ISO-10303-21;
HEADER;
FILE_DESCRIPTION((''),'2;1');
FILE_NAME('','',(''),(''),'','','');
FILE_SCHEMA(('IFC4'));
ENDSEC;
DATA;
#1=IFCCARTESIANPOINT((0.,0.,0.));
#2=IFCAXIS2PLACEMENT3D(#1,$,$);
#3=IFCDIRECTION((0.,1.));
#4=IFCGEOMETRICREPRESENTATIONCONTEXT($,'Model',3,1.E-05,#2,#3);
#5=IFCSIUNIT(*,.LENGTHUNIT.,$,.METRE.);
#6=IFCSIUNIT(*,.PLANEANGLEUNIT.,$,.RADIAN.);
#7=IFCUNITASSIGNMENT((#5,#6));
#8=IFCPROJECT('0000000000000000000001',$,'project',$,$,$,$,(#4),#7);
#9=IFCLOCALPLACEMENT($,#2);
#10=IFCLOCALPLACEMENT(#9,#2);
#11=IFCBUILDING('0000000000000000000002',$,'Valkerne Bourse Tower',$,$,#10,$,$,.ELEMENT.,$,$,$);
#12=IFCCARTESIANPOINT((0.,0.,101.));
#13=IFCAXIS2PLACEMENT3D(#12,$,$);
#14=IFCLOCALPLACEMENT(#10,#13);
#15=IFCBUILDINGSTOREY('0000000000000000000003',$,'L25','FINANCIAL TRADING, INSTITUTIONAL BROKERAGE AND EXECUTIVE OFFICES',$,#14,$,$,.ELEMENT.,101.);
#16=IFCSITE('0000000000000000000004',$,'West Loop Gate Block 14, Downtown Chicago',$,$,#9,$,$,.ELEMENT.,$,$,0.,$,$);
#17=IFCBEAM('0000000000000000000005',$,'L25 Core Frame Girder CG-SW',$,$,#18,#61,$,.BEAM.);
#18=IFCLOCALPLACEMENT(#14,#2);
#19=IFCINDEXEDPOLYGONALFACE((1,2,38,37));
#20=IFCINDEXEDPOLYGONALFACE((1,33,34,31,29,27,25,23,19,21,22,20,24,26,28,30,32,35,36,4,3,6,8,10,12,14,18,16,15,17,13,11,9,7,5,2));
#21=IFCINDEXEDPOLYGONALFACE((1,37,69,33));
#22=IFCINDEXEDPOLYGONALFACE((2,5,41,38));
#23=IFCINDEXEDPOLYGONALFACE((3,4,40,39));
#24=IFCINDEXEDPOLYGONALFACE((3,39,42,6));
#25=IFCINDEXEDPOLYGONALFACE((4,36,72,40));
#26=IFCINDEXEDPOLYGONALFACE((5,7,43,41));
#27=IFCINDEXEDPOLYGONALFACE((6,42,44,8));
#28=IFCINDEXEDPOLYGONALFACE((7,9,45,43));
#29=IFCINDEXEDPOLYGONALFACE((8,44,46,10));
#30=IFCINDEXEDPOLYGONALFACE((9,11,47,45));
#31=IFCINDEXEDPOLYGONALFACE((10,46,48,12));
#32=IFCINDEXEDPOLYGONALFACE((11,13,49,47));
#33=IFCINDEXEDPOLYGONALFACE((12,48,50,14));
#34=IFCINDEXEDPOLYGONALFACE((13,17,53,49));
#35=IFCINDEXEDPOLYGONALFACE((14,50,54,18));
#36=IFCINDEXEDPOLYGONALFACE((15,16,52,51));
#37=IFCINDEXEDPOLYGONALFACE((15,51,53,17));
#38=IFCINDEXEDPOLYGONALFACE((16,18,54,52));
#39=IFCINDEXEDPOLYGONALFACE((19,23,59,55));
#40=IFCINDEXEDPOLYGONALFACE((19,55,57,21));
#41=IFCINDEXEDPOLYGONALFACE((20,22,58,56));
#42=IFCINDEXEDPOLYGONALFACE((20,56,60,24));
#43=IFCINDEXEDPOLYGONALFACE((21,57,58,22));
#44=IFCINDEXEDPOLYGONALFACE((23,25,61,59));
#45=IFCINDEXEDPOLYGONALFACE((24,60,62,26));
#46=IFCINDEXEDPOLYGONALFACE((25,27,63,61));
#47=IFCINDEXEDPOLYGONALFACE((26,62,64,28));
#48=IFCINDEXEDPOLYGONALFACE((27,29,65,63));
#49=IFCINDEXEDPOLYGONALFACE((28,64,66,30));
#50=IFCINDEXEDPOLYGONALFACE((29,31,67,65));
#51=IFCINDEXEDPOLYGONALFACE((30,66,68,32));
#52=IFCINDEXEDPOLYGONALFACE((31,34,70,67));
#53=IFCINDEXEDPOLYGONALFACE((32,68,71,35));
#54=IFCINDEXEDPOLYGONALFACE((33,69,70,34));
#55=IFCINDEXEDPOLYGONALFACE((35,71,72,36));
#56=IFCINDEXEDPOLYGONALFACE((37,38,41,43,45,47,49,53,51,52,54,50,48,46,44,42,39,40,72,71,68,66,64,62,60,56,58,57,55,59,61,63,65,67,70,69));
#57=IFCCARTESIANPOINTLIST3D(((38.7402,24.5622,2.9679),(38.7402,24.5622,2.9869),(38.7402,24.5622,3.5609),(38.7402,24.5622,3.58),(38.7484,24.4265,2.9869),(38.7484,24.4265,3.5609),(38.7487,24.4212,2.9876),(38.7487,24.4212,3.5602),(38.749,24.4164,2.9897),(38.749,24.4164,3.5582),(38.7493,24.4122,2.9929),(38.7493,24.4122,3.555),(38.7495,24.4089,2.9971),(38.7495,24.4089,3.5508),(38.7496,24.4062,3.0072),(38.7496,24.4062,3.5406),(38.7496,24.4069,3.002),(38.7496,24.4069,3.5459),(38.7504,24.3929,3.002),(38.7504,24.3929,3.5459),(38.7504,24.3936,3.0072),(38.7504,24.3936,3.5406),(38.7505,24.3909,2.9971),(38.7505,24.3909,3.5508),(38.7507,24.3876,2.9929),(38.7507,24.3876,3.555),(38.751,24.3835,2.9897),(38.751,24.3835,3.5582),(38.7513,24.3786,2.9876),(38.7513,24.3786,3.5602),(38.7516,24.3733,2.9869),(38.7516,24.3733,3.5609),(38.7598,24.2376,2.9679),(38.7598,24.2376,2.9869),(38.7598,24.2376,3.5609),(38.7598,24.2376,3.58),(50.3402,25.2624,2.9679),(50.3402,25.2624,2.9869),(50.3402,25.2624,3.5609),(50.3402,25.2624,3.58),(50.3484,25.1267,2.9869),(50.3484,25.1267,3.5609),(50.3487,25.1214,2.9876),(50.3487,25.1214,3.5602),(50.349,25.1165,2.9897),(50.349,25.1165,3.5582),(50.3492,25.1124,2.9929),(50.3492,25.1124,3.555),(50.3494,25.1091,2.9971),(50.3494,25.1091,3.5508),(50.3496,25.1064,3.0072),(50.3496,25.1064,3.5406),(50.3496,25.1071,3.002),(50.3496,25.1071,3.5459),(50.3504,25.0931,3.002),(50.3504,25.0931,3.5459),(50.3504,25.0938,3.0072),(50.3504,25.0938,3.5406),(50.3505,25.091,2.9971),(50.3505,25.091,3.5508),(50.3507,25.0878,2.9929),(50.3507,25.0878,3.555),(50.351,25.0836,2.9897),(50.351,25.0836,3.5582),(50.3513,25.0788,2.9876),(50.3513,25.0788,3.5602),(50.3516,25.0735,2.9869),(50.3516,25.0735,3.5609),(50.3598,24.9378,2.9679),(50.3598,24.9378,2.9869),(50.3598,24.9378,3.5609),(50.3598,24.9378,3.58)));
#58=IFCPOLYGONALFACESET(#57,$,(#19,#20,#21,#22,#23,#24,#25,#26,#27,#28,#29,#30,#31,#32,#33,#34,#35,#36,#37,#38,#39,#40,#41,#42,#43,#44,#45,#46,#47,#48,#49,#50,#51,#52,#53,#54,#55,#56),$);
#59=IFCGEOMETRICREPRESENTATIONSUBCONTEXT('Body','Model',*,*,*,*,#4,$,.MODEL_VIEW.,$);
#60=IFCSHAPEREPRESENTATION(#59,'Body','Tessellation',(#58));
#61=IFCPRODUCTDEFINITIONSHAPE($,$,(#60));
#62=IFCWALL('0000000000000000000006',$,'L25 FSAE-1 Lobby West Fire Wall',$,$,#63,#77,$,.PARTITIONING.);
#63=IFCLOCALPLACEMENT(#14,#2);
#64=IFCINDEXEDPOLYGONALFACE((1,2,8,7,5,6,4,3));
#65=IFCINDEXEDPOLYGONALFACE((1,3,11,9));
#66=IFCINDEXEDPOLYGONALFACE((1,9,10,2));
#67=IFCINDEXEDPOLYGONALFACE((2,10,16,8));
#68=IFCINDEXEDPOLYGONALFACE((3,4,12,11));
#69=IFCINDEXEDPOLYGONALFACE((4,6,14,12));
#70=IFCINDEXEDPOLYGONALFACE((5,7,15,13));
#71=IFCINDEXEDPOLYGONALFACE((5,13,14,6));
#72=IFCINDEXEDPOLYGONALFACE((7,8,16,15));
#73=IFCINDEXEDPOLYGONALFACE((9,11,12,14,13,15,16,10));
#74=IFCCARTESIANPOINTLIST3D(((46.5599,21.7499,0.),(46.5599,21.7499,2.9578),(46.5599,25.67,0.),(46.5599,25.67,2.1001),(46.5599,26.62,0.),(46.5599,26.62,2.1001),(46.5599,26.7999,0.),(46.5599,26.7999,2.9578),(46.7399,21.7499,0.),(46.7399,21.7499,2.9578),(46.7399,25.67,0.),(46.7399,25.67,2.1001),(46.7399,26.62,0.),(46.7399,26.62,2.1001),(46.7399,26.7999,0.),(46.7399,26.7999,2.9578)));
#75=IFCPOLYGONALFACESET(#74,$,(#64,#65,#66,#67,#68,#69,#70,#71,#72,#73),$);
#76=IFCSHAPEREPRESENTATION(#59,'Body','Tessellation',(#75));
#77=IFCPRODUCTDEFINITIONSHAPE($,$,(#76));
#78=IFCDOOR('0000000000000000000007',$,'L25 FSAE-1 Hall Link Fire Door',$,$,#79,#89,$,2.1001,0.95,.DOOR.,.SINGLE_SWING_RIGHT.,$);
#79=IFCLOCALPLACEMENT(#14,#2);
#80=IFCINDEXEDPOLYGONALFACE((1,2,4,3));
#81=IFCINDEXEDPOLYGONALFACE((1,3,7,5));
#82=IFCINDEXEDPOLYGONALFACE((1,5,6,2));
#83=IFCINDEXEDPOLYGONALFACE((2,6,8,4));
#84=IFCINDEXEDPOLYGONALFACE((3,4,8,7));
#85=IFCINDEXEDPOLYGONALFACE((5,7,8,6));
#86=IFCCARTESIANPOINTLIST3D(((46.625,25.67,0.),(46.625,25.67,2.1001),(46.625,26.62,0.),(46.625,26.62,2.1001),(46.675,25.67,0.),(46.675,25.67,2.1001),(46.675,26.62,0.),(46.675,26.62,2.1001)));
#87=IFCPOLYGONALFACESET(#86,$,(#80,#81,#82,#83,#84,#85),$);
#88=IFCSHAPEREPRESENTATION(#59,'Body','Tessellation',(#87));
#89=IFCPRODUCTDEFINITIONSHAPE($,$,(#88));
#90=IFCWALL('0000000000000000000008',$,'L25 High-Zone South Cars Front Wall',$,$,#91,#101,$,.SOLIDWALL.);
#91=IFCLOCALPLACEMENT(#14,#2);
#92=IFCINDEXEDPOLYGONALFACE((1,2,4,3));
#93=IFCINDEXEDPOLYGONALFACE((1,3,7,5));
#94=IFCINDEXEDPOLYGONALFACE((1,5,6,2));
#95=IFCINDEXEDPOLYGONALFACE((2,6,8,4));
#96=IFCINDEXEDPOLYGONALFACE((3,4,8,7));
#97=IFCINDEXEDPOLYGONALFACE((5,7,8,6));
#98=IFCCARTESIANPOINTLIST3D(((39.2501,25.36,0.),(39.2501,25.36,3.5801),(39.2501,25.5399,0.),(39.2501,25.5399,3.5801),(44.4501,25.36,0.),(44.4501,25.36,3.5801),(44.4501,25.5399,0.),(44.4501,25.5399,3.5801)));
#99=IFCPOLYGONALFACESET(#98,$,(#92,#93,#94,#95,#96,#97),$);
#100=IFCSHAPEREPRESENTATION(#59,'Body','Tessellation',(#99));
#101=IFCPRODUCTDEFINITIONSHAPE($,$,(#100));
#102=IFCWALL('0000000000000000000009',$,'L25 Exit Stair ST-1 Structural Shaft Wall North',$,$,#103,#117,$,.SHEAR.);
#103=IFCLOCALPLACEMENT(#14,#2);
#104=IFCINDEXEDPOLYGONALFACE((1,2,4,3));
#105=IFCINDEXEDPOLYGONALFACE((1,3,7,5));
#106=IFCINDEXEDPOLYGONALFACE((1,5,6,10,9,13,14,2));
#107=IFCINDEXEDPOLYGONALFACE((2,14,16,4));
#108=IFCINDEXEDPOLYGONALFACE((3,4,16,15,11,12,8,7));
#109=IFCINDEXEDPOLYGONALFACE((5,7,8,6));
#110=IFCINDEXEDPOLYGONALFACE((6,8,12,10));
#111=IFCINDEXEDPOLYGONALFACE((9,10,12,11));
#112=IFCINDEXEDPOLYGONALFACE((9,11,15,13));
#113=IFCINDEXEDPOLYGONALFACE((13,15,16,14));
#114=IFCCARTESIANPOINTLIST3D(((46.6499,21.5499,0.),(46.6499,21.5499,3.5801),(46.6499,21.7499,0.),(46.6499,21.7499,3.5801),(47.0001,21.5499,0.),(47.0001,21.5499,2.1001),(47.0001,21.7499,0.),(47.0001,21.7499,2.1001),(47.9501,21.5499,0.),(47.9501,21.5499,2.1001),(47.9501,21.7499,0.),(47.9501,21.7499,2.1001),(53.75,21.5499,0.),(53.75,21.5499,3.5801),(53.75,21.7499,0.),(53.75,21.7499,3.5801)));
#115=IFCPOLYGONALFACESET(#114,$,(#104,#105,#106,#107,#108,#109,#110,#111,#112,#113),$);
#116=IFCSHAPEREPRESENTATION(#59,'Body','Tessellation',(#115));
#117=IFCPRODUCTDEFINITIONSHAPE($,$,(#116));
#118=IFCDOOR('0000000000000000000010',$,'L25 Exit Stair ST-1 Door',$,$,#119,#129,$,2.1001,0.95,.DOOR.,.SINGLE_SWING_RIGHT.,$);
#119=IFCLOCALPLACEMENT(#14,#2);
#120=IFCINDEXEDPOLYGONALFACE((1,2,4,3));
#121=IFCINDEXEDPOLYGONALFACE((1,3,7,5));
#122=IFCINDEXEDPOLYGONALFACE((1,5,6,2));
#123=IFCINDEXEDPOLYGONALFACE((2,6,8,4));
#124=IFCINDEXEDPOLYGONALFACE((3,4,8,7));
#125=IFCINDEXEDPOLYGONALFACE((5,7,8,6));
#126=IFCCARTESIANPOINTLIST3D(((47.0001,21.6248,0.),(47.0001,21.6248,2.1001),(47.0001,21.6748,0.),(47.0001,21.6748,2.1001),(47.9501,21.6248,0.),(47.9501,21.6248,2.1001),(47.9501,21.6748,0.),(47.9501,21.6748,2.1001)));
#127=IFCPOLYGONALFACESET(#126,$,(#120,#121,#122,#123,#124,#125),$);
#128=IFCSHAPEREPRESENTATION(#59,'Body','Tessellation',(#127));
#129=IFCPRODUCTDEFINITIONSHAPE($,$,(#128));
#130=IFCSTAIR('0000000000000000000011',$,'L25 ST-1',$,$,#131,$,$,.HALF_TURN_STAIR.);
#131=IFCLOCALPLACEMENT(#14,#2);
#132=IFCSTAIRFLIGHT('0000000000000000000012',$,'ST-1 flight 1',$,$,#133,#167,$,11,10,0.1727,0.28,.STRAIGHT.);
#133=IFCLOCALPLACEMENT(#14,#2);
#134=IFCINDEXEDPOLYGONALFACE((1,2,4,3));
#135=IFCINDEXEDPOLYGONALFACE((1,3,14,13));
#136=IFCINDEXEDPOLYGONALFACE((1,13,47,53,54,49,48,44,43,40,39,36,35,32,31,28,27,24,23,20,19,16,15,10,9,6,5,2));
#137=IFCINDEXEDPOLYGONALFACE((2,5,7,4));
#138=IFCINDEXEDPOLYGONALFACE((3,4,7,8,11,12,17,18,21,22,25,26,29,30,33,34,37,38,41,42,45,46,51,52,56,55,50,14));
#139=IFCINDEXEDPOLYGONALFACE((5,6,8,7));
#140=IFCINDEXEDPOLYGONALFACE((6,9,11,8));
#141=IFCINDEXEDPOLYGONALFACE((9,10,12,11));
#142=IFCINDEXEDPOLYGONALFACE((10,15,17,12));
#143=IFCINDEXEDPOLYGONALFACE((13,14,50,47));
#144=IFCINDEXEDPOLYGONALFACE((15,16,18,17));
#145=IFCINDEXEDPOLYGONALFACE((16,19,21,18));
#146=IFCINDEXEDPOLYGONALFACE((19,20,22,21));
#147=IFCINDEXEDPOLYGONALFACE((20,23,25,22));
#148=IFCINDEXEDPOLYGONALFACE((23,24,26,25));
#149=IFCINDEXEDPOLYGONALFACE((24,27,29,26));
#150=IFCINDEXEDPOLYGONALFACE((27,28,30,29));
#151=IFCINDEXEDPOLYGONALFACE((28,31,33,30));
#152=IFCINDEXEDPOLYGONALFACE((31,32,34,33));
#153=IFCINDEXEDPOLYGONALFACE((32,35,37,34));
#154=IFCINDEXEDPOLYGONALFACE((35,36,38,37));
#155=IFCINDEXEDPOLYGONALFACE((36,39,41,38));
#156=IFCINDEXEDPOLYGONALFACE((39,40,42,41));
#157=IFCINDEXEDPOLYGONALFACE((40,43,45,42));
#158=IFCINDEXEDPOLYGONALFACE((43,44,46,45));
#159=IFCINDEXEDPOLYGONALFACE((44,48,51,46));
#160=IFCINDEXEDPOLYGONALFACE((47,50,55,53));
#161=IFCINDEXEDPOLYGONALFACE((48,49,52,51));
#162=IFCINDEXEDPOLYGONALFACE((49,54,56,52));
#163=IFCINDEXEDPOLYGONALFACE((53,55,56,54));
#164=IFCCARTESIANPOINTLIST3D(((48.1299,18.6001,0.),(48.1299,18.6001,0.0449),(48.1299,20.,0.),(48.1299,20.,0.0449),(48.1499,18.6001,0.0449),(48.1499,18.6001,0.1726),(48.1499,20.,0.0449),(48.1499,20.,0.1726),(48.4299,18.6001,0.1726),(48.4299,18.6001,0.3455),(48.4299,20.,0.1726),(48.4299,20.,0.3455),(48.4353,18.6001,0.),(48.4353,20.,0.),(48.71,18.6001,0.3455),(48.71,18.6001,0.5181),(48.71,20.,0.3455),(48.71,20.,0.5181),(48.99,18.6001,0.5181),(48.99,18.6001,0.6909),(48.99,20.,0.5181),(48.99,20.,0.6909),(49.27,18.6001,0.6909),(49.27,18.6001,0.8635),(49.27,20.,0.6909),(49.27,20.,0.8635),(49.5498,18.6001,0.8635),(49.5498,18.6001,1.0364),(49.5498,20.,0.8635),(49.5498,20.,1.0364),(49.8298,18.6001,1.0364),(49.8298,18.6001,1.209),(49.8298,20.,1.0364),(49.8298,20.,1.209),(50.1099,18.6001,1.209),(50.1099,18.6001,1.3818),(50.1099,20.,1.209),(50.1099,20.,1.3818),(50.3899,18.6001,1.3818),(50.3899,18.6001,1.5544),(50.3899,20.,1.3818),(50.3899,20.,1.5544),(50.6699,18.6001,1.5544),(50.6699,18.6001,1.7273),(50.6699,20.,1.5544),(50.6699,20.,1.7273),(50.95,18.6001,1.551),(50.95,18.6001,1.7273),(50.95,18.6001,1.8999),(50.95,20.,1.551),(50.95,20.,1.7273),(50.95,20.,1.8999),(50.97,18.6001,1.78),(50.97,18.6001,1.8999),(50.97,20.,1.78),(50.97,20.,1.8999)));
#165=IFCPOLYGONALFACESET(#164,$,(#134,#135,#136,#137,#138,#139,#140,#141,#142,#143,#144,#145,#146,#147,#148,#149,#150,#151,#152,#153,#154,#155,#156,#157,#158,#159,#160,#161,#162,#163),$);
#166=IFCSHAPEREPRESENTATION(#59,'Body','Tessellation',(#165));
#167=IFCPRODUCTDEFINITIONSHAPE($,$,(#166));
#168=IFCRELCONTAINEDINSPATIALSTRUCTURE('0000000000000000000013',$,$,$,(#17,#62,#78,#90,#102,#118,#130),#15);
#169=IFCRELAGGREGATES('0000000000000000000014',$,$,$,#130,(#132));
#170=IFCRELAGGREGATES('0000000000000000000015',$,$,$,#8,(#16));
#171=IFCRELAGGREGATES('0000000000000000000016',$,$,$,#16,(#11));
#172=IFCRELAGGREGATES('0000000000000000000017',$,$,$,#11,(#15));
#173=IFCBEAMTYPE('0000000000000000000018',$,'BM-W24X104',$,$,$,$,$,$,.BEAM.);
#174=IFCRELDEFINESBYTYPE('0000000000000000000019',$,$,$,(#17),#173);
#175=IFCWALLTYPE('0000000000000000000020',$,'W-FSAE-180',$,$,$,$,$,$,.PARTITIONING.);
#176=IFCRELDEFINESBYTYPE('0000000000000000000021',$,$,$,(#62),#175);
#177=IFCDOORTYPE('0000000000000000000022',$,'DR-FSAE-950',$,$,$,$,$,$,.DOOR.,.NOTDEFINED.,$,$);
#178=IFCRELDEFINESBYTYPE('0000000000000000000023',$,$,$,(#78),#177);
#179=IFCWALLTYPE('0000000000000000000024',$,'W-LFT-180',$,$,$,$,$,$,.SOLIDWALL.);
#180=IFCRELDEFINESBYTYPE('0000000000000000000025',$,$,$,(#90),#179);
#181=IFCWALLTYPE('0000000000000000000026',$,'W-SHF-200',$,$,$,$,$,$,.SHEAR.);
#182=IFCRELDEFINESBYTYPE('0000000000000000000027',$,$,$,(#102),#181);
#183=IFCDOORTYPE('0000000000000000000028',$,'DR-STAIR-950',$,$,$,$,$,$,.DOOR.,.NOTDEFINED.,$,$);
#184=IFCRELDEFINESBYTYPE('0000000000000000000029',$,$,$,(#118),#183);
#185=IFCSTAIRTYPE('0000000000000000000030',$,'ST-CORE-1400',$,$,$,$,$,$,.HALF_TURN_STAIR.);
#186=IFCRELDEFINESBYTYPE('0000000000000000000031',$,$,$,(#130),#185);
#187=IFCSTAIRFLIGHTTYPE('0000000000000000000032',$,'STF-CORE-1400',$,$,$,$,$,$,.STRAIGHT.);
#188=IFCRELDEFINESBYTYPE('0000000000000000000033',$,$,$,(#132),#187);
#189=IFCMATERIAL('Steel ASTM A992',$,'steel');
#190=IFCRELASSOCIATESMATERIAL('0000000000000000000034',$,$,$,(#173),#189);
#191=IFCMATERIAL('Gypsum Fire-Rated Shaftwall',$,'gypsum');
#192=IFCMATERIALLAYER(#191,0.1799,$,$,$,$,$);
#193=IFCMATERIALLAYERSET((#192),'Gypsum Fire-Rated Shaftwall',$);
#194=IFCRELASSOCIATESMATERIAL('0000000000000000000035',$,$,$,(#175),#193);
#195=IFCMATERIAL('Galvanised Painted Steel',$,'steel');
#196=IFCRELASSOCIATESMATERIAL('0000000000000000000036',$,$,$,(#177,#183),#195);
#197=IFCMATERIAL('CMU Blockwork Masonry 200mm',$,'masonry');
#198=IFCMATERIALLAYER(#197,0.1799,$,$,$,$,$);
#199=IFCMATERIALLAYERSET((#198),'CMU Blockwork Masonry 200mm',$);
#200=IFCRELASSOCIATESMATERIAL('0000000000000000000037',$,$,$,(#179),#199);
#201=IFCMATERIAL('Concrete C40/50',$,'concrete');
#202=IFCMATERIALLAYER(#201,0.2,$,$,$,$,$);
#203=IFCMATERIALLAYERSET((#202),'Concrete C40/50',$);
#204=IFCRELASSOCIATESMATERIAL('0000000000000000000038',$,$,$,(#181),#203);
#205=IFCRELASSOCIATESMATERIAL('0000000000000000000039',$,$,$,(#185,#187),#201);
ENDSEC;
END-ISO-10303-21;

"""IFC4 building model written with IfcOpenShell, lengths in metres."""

from ifc_helpers import new_model, si_unit, direction, frame, frame_2d, origin, origin_2d, place, context, subcontext, project, spatial, polyline, rectangle, i_section, outline, extrude, material, layer, layer_set, material_profile, profile_set, type_object, element, fill, aggregate, save


model = new_model("IFC4")

# Units and contexts
model_context = context("Model", 3, precision=1e-05, world=origin(), true_north=direction((0.0, 1.0)))
body_context = subcontext(model_context, "Body", "Model", "MODEL_VIEW")
ifc_project = project(units=[si_unit("LENGTHUNIT", "METRE"), si_unit("PLANEANGLEUNIT", "RADIAN")], contexts=[model_context])

# Site, building, storey
site_placement = place(None, origin())
site = spatial("IfcSite", under=ifc_project, at=site_placement, Name="West Loop Gate Block 14, Downtown Chicago", CompositionType="ELEMENT", RefElevation=0.0)
building_placement = place(site_placement, origin())
building = spatial("IfcBuilding", under=site, at=building_placement, Name="Valkerne Bourse Tower", CompositionType="ELEMENT")
storey_placement = place(building_placement, frame((0.0, 0.0, 101.0)))
storey = spatial("IfcBuildingStorey", under=building, at=storey_placement, Name="L25", Description="FINANCIAL TRADING, INSTITUTIONAL BROKERAGE AND EXECUTIVE OFFICES", CompositionType="ELEMENT", Elevation=101.0)

# Beam
ifc_material_1 = material(Name="Steel ASTM A992", Category="steel")
ifc_material_profile = material_profile(ifc_material_1, i_section(OverallWidth=0.3252, OverallDepth=0.6121, WebThickness=0.0127, FlangeThickness=0.019, FilletRadius=0.0203, at=origin_2d()), Name="W24X104")
ifc_profile_set = profile_set([ifc_material_profile], Name="Steel ASTM A992")
beam_type = type_object("IfcBeamType", Name="BM-W24X104", PredefinedType="BEAM", material=ifc_profile_set)
beam_placement = place(storey_placement, frame((38.75, 24.3999, 3.2739), z_axis=(0.998183, 0.060251, 0.0), x_axis=(-0.060251, 0.998183, 0.0)))
element("IfcBeam", 1, at=beam_placement, inside=storey, type_object=beam_type, Name="L25 Core Frame Girder CG-SW", PredefinedType="BEAM", context=body_context, shape_type="SweptSolid", body=[
    extrude(i_section(OverallWidth=0.3252, OverallDepth=0.6121, WebThickness=0.0127, FlangeThickness=0.019, FilletRadius=0.0203, at=origin_2d()), origin(), (0.0, 0.0, 1.0), 11.6211),
])

# Wall, opening, door
ifc_material_2 = material(Name="Gypsum Fire-Rated Shaftwall", Category="gypsum")
ifc_layer_1 = layer(ifc_material_2, 0.1799)
ifc_layer_set_1 = layer_set([ifc_layer_1], Name="Gypsum Fire-Rated Shaftwall")
wall_type_1 = type_object("IfcWallType", Name="W-FSAE-180", PredefinedType="PARTITIONING", material=ifc_layer_set_1)
wall_1_placement = place(storey_placement, frame((46.6499, 21.75, 0.0), z_axis=(0.0, 0.0, 1.0), x_axis=(0.0, 1.0, 0.0)))
wall_1 = element("IfcWall", 2, at=wall_1_placement, inside=storey, type_object=wall_type_1, Name="L25 FSAE-1 Lobby West Fire Wall", PredefinedType="PARTITIONING", context=body_context, shape_type="SweptSolid", body=[
    extrude(rectangle(XDim=5.05, YDim=0.1799, at=frame_2d((2.5249, 0.0))), origin(), (0.0, 0.0, 1.0), 2.9578),
])
opening_1_placement = place(wall_1_placement, frame((3.9199, 0.0, 0.0)))
opening_1 = element("IfcOpeningElement", 3, at=opening_1_placement, cuts=wall_1, PredefinedType="OPENING", context=body_context, shape_type="SweptSolid", body=[
    extrude(rectangle(XDim=0.95, YDim=2.1001, at=frame_2d((0.4751, 1.05))), frame((0.0, 0.0999, 0.0), z_axis=(0.0, -1.0, 0.0), x_axis=(1.0, 0.0, 0.0)), (0.0, 0.0, 1.0), 0.2),
])
ifc_material_3 = material(Name="Galvanised Painted Steel", Category="steel")
door_type_1 = type_object("IfcDoorType", Name="DR-FSAE-950", OperationType="NOTDEFINED", PredefinedType="DOOR", material=ifc_material_3)
door_1_placement = place(opening_1_placement, origin())
door_1 = element("IfcDoor", 4, at=door_1_placement, inside=storey, type_object=door_type_1, Name="L25 FSAE-1 Hall Link Fire Door", OperationType="SINGLE_SWING_RIGHT", OverallHeight=2.1001, OverallWidth=0.95, PredefinedType="DOOR", context=body_context, shape_type="SweptSolid", body=[
    extrude(rectangle(XDim=0.95, YDim=2.1001, at=frame_2d((0.4751, 1.05))), frame((0.0, 0.0249, 0.0), z_axis=(0.0, -1.0, 0.0), x_axis=(1.0, 0.0, 0.0)), (0.0, 0.0, 1.0), 0.05),
])
fill(opening_1, door_1)

# Shared definitions
ifc_material_4 = material(Name="CMU Blockwork Masonry 200mm", Category="masonry")
ifc_layer_2 = layer(ifc_material_4, 0.1799)
ifc_layer_set_2 = layer_set([ifc_layer_2], Name="CMU Blockwork Masonry 200mm")
wall_type_2 = type_object("IfcWallType", Name="W-LFT-180", PredefinedType="SOLIDWALL", material=ifc_layer_set_2)

# Wall
wall_2_placement = place(storey_placement, frame((39.25, 25.45, 0.0), z_axis=(0.0, 0.0, 1.0), x_axis=(1.0, 0.0, 0.0)))
element("IfcWall", 5, at=wall_2_placement, inside=storey, type_object=wall_type_2, Name="L25 High-Zone South Cars Front Wall", PredefinedType="SOLIDWALL", context=body_context, shape_type="SweptSolid", body=[
    extrude(rectangle(XDim=5.2, YDim=0.1799, at=frame_2d((2.6001, 0.0))), origin(), (0.0, 0.0, 1.0), 3.5801),
])

# Wall, opening, door
ifc_material_5 = material(Name="Concrete C40/50", Category="concrete")
ifc_layer_3 = layer(ifc_material_5, 0.2)
ifc_layer_set_3 = layer_set([ifc_layer_3], Name="Concrete C40/50")
wall_type_3 = type_object("IfcWallType", Name="W-SHF-200", PredefinedType="SHEAR", material=ifc_layer_set_3)
wall_3_placement = place(storey_placement, frame((46.6499, 21.6499, 0.0), z_axis=(0.0, 0.0, 1.0), x_axis=(1.0, 0.0, 0.0)))
wall_3 = element("IfcWall", 6, at=wall_3_placement, inside=storey, type_object=wall_type_3, Name="L25 Exit Stair ST-1 Structural Shaft Wall North", PredefinedType="SHEAR", context=body_context, shape_type="SweptSolid", body=[
    extrude(rectangle(XDim=7.1001, YDim=0.2, at=frame_2d((3.55, 0.0))), origin(), (0.0, 0.0, 1.0), 3.5801),
])
opening_2_placement = place(wall_3_placement, frame((0.3501, 0.0, 0.0)))
opening_2 = element("IfcOpeningElement", 7, at=opening_2_placement, cuts=wall_3, PredefinedType="OPENING", context=body_context, shape_type="SweptSolid", body=[
    extrude(rectangle(XDim=0.95, YDim=2.1001, at=frame_2d((0.4751, 1.05))), frame((0.0, 0.1099, 0.0), z_axis=(0.0, -1.0, 0.0), x_axis=(1.0, 0.0, 0.0)), (0.0, 0.0, 1.0), 0.22),
])
door_type_2 = type_object("IfcDoorType", Name="DR-STAIR-950", OperationType="NOTDEFINED", PredefinedType="DOOR", material=ifc_material_3)
door_2_placement = place(opening_2_placement, origin())
door_2 = element("IfcDoor", 8, at=door_2_placement, inside=storey, type_object=door_type_2, Name="L25 Exit Stair ST-1 Door", OperationType="SINGLE_SWING_RIGHT", OverallHeight=2.1001, OverallWidth=0.95, PredefinedType="DOOR", context=body_context, shape_type="SweptSolid", body=[
    extrude(rectangle(XDim=0.95, YDim=2.1001, at=frame_2d((0.4751, 1.05))), frame((0.0, 0.0249, 0.0), z_axis=(0.0, -1.0, 0.0), x_axis=(1.0, 0.0, 0.0)), (0.0, 0.0, 1.0), 0.05),
])
fill(opening_2, door_2)

# Stair, stair flight
stair_type = type_object("IfcStairType", Name="ST-CORE-1400", PredefinedType="HALF_TURN_STAIR", material=ifc_material_5)
stair_placement = place(storey_placement, origin())
stair = element("IfcStair", 9, at=stair_placement, inside=storey, type_object=stair_type, Name="L25 ST-1", PredefinedType="HALF_TURN_STAIR")
stair_flight_type = type_object("IfcStairFlightType", Name="STF-CORE-1400", PredefinedType="STRAIGHT", material=ifc_material_5)
stair_flight_placement = place(storey_placement, frame((48.1499, 19.3, 0.0), z_axis=(0.0, 0.0, 1.0), x_axis=(1.0, 0.0, 0.0)))
stair_flight = element("IfcStairFlight", 10, at=stair_flight_placement, type_object=stair_flight_type, Name="ST-1 flight 1", NumberOfRisers=11, NumberOfTreads=10, PredefinedType="STRAIGHT", RiserHeight=0.1727, TreadLength=0.28, context=body_context, shape_type="SweptSolid", body=[
    extrude(outline(polyline([(-0.02, 0.0), (-0.02, 0.0449), (0.0, 0.0449), (0.0, 0.1726), (0.28, 0.1726), (0.28, 0.3455), (0.5601, 0.3455), (0.5601, 0.5181), (0.8401, 0.5181), (0.8401, 0.6909), (1.1201, 0.6909), (1.1201, 0.8635), (1.3999, 0.8635), (1.3999, 1.0364), (1.6799, 1.0364), (1.6799, 1.209), (1.96, 1.209), (1.96, 1.3818), (2.24, 1.3818), (2.24, 1.5544), (2.52, 1.5544), (2.52, 1.7273), (2.8, 1.7273), (2.8, 1.8999), (2.8201, 1.8999), (2.8201, 1.78), (2.8, 1.551), (0.2854, 0.0), (-0.02, 0.0)])), frame((0.0, 0.7, 0.0), z_axis=(0.0, -1.0, 0.0), x_axis=(1.0, 0.0, 0.0)), (0.0, 0.0, 1.0), 1.3999),
])
aggregate(stair, [stair_flight])

save(model, "model.ifc")
